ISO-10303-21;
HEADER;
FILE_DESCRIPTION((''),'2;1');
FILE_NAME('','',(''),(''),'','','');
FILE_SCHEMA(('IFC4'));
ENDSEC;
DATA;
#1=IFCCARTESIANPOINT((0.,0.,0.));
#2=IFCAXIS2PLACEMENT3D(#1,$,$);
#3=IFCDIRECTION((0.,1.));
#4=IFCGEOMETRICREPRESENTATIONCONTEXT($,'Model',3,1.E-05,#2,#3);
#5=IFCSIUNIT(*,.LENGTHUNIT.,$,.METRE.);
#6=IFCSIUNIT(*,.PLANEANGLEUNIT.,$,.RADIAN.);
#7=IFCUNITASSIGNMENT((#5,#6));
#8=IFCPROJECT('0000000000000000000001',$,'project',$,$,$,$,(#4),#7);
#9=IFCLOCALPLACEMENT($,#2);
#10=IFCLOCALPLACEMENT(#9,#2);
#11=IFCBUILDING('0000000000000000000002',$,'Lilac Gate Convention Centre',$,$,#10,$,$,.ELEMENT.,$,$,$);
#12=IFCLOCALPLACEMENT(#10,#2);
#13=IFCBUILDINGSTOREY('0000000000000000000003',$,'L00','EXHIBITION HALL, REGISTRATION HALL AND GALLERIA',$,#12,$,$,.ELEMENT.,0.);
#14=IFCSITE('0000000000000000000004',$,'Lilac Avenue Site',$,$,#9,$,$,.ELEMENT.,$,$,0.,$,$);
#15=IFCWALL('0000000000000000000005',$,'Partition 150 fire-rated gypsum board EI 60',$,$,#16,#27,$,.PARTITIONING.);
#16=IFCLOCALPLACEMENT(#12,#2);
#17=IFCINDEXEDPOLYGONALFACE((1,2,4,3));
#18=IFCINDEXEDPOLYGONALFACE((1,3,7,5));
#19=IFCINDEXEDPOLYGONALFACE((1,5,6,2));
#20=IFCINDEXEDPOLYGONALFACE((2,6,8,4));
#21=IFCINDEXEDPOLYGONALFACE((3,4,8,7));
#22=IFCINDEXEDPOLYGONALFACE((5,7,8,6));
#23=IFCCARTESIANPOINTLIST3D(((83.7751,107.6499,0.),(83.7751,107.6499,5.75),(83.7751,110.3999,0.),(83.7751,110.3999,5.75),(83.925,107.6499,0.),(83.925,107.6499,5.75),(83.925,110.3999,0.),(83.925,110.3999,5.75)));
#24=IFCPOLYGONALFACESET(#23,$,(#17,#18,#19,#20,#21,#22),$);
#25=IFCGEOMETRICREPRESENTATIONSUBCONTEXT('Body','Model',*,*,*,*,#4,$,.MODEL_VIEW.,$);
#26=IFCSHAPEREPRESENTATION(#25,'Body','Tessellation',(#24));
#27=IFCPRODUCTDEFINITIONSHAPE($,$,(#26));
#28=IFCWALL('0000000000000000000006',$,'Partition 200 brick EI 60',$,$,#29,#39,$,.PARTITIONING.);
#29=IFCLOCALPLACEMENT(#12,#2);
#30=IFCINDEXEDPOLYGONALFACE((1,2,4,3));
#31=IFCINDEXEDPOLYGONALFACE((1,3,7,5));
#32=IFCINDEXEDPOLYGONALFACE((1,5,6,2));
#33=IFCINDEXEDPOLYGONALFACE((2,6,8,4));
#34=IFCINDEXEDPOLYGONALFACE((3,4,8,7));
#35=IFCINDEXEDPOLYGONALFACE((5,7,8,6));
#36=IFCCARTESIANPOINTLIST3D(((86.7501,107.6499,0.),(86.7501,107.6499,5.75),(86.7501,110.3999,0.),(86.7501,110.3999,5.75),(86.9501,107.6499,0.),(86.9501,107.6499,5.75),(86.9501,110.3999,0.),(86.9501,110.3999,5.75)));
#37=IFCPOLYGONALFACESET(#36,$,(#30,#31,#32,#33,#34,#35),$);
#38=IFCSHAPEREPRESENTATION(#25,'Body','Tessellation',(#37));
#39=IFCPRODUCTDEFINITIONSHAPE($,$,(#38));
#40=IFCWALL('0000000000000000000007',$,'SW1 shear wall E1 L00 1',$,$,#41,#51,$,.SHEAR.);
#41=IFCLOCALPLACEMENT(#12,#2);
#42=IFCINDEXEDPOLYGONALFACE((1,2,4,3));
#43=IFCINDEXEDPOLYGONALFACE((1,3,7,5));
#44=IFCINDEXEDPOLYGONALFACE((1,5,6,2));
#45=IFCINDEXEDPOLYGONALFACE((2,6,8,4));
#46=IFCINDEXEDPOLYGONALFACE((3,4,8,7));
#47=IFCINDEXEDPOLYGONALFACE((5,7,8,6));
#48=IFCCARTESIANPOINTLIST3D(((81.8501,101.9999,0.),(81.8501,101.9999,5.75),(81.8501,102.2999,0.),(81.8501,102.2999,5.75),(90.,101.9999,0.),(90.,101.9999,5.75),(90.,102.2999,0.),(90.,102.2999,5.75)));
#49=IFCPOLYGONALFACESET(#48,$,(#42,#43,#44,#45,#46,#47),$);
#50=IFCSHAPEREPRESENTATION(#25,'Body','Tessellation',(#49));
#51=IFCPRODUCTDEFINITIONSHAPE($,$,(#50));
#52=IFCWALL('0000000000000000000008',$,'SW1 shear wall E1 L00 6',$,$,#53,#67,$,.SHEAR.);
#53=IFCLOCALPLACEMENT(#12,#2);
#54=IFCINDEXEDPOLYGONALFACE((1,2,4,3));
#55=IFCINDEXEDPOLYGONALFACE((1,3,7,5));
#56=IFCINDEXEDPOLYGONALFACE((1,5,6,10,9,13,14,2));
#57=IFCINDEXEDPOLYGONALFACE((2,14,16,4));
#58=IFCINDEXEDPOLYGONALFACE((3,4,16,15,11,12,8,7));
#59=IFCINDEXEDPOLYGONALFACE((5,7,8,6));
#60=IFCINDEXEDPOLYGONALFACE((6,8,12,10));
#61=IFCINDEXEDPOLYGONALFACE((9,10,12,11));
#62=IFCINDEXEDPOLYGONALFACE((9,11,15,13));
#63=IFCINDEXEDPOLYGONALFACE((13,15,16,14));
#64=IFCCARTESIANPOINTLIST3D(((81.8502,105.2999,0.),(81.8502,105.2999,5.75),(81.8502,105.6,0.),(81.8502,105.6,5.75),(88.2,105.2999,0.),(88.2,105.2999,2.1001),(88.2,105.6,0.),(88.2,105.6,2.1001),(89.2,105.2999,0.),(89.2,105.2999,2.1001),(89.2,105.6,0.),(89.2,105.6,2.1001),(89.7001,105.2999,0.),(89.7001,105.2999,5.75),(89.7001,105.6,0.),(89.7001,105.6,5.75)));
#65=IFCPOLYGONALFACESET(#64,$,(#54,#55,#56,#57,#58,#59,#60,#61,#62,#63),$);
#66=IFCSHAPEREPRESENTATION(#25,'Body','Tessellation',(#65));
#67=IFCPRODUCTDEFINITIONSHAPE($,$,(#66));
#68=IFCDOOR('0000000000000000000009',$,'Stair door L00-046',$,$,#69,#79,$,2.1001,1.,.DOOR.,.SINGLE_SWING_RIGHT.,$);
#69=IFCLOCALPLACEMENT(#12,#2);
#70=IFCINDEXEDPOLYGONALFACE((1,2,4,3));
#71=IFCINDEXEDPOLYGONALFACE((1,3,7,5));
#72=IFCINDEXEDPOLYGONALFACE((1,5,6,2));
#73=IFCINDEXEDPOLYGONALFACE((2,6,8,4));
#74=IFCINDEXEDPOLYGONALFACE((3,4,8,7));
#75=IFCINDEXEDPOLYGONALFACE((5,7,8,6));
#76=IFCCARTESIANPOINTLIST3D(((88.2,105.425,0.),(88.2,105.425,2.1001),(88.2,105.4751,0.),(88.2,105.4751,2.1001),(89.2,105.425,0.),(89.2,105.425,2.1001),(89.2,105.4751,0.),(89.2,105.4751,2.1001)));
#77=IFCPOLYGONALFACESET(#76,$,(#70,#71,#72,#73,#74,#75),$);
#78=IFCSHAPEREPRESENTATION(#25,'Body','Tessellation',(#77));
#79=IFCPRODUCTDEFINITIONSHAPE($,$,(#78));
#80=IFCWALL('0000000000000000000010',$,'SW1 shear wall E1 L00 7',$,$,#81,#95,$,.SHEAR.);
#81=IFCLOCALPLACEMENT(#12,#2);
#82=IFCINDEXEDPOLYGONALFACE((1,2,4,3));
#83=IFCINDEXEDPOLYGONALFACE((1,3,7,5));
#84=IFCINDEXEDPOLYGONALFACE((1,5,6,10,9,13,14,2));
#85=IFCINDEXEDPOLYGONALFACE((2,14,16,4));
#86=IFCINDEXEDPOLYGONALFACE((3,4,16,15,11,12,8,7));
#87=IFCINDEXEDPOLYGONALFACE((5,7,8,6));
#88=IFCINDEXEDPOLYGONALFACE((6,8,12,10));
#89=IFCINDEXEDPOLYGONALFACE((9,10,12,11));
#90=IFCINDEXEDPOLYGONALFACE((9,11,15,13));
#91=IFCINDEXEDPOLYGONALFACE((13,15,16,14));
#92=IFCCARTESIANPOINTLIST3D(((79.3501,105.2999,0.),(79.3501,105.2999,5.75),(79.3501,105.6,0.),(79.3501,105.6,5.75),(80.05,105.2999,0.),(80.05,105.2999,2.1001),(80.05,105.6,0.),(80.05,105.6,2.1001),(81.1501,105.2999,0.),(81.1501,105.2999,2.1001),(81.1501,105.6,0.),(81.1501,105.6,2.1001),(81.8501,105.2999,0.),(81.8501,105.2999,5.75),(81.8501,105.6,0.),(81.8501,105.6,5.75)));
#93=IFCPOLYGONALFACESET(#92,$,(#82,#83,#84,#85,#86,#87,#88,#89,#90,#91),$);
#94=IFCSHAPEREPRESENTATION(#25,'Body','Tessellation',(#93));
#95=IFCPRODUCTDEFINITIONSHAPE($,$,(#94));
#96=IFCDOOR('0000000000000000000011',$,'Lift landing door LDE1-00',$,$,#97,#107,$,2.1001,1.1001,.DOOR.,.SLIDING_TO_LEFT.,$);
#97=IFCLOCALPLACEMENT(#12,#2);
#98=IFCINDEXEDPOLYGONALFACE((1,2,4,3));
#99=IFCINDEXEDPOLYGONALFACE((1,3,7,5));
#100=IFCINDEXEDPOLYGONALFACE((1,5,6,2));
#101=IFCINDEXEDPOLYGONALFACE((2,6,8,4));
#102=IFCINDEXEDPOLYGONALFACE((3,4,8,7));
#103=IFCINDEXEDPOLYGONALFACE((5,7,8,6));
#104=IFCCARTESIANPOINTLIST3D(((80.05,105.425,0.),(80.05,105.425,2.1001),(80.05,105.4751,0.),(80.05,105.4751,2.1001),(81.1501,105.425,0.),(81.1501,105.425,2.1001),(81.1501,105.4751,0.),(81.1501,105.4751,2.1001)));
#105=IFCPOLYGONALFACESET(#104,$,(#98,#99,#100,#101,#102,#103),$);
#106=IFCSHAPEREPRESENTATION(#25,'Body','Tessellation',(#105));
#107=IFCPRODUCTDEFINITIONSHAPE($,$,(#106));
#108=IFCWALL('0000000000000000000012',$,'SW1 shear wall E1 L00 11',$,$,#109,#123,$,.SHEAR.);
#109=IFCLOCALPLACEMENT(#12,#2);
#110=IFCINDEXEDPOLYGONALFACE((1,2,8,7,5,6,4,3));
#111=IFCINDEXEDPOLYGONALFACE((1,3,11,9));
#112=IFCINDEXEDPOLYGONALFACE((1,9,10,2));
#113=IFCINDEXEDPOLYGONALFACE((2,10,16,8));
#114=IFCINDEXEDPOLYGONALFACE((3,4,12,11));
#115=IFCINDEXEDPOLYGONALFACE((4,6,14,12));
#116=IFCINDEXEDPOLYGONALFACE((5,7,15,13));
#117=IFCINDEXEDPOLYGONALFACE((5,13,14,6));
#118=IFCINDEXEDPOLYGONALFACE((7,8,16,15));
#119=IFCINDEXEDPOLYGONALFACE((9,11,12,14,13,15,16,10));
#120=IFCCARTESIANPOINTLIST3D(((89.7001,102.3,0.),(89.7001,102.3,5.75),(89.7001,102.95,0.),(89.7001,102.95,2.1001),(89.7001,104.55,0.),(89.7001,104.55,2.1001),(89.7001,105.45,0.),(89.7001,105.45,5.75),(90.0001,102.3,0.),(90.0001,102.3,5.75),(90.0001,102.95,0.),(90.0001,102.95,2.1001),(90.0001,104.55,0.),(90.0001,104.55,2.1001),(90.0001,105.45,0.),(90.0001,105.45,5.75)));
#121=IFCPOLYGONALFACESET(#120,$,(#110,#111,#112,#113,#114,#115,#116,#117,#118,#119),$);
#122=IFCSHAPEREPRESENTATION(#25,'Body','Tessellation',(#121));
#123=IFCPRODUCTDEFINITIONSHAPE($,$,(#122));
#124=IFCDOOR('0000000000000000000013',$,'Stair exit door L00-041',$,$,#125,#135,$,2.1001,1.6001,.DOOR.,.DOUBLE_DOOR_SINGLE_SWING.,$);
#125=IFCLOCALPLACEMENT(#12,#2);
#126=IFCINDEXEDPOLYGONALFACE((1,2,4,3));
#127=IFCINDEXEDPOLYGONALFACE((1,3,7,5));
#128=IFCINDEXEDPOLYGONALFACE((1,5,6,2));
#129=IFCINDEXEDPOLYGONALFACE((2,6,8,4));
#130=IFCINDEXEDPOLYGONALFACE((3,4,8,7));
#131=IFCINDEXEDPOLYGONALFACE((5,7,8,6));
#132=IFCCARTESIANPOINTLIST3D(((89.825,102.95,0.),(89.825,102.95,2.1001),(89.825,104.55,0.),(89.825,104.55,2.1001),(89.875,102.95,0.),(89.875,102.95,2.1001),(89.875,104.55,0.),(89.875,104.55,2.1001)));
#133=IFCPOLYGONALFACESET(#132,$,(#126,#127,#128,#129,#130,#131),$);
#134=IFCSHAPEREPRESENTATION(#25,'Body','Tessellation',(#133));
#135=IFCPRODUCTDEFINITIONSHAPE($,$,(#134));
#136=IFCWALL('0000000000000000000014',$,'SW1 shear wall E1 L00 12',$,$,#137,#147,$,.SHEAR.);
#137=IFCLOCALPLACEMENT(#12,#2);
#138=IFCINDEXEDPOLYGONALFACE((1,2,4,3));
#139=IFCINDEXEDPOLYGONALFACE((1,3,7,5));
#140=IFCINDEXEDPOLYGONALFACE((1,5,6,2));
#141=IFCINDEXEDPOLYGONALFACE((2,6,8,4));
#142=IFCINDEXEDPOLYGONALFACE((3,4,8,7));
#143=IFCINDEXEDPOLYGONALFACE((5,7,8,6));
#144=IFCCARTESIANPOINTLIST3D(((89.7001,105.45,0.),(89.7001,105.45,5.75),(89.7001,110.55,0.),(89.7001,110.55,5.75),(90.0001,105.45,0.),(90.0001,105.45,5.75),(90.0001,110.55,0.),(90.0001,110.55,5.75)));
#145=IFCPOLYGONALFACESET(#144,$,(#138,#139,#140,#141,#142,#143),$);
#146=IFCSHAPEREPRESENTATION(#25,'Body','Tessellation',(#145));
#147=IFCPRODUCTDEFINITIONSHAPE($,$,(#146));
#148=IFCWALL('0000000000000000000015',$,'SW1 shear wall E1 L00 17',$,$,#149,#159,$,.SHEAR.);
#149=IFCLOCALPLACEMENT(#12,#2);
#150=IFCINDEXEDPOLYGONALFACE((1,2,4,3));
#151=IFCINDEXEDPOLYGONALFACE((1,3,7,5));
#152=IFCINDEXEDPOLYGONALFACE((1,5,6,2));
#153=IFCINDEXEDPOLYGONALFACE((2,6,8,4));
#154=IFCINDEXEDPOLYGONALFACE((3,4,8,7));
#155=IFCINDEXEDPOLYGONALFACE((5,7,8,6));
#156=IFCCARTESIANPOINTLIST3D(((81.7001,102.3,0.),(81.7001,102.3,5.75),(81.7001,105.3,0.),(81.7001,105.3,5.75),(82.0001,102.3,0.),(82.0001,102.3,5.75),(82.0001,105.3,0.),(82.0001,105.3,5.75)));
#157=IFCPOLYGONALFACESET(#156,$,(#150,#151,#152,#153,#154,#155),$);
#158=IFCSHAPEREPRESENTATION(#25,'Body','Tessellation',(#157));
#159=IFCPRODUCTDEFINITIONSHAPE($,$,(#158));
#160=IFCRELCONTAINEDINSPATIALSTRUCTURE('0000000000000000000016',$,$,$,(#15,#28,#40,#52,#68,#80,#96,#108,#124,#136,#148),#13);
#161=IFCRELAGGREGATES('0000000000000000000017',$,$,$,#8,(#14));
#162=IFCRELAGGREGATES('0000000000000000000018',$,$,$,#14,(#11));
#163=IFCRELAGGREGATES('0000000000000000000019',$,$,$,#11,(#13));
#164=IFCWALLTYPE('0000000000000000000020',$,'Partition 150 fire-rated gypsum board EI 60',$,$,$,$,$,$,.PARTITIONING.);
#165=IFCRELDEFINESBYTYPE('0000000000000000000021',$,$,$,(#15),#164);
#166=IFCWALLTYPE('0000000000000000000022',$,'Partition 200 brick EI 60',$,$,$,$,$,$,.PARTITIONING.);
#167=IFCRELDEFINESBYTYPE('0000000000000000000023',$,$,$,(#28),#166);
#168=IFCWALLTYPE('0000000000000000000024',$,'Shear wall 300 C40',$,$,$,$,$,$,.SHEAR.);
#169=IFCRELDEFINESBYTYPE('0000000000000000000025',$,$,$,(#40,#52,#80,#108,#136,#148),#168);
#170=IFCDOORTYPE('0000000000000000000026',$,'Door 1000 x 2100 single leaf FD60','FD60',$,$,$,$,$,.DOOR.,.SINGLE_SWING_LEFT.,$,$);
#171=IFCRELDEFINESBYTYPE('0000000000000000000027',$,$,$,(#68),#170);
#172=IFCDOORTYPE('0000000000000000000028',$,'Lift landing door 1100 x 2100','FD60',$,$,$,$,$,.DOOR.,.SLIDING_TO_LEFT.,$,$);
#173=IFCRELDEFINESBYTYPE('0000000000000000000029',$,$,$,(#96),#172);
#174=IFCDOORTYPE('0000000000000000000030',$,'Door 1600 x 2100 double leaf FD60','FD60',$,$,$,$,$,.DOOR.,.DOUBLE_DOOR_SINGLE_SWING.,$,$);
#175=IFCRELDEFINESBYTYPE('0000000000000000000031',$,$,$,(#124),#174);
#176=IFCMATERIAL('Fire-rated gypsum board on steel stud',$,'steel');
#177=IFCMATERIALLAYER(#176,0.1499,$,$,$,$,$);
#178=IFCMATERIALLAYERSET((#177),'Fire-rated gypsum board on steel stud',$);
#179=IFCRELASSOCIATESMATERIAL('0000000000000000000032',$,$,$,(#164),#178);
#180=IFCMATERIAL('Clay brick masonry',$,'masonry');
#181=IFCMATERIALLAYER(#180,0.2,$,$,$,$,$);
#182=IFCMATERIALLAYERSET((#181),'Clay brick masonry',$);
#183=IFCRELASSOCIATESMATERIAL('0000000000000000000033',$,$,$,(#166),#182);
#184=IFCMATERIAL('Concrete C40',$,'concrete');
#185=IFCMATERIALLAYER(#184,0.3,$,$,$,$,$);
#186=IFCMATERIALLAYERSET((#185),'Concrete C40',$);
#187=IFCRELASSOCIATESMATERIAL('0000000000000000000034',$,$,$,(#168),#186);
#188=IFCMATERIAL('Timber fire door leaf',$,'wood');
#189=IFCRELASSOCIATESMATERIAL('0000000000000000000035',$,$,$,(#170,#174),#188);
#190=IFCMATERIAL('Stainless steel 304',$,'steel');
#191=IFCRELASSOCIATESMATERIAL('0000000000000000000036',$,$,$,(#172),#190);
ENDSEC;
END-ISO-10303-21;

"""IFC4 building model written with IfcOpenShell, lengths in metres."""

from ifc_helpers import new_model, si_unit, direction, frame, frame_2d, origin, place, context, subcontext, project, spatial, rectangle, extrude, material, layer, layer_set, type_object, element, fill, save


model = new_model("IFC4")

# Units and contexts
model_context = context("Model", 3, precision=1e-05, world=origin(), true_north=direction((0.0, 1.0)))
body_context = subcontext(model_context, "Body", "Model", "MODEL_VIEW")
ifc_project = project(units=[si_unit("LENGTHUNIT", "METRE"), si_unit("PLANEANGLEUNIT", "RADIAN")], contexts=[model_context])

# Site, building, storey
site_placement = place(None, origin())
site = spatial("IfcSite", under=ifc_project, at=site_placement, Name="Lilac Avenue Site", CompositionType="ELEMENT", RefElevation=0.0)
building_placement = place(site_placement, origin())
building = spatial("IfcBuilding", under=site, at=building_placement, Name="Lilac Gate Convention Centre", CompositionType="ELEMENT")
storey_placement = place(building_placement, origin())
storey = spatial("IfcBuildingStorey", under=building, at=storey_placement, Name="L00", Description="EXHIBITION HALL, REGISTRATION HALL AND GALLERIA", CompositionType="ELEMENT", Elevation=0.0)

# Walls
ifc_material_1 = material(Name="Fire-rated gypsum board on steel stud", Category="steel")
ifc_layer_1 = layer(ifc_material_1, 0.1499)
ifc_layer_set_1 = layer_set([ifc_layer_1], Name="Fire-rated gypsum board on steel stud")
wall_type_1 = type_object("IfcWallType", Name="Partition 150 fire-rated gypsum board EI 60", PredefinedType="PARTITIONING", material=ifc_layer_set_1)
wall_1_placement = place(storey_placement, frame((83.8501, 107.6499, 0.0), z_axis=(0.0, 0.0, 1.0), x_axis=(0.0, 1.0, 0.0)))
element("IfcWall", 1, at=wall_1_placement, inside=storey, type_object=wall_type_1, Name="Partition 150 fire-rated gypsum board EI 60", PredefinedType="PARTITIONING", context=body_context, shape_type="SweptSolid", body=[
    extrude(rectangle(XDim=2.75, YDim=0.1499, at=frame_2d((1.375, 0.0))), origin(), (0.0, 0.0, 1.0), 5.75),
])
ifc_material_2 = material(Name="Clay brick masonry", Category="masonry")
ifc_layer_2 = layer(ifc_material_2, 0.2)
ifc_layer_set_2 = layer_set([ifc_layer_2], Name="Clay brick masonry")
wall_type_2 = type_object("IfcWallType", Name="Partition 200 brick EI 60", PredefinedType="PARTITIONING", material=ifc_layer_set_2)
wall_2_placement = place(storey_placement, frame((86.8501, 107.6499, 0.0), z_axis=(0.0, 0.0, 1.0), x_axis=(0.0, 1.0, 0.0)))
element("IfcWall", 2, at=wall_2_placement, inside=storey, type_object=wall_type_2, Name="Partition 200 brick EI 60", PredefinedType="PARTITIONING", context=body_context, shape_type="SweptSolid", body=[
    extrude(rectangle(XDim=2.75, YDim=0.2, at=frame_2d((1.375, 0.0))), origin(), (0.0, 0.0, 1.0), 5.75),
])
ifc_material_3 = material(Name="Concrete C40", Category="concrete")
ifc_layer_3 = layer(ifc_material_3, 0.3)
ifc_layer_set_3 = layer_set([ifc_layer_3], Name="Concrete C40")
wall_type_3 = type_object("IfcWallType", Name="Shear wall 300 C40", PredefinedType="SHEAR", material=ifc_layer_set_3)
wall_3_placement = place(storey_placement, frame((90.0, 102.1499, 0.0), z_axis=(0.0, 0.0, 1.0), x_axis=(-1.0, 0.0, 0.0)))
element("IfcWall", 3, at=wall_3_placement, inside=storey, type_object=wall_type_3, Name="SW1 shear wall E1 L00 1", PredefinedType="SHEAR", context=body_context, shape_type="SweptSolid", body=[
    extrude(rectangle(XDim=8.1499, YDim=0.3, at=frame_2d((4.075, 0.0))), origin(), (0.0, 0.0, 1.0), 5.75),
])

# Walls, openings, doors
wall_4_placement = place(storey_placement, frame((89.7, 105.45, 0.0), z_axis=(0.0, 0.0, 1.0), x_axis=(-1.0, 0.0, 0.0)))
wall_4 = element("IfcWall", 4, at=wall_4_placement, inside=storey, type_object=wall_type_3, Name="SW1 shear wall E1 L00 6", PredefinedType="SHEAR", context=body_context, shape_type="SweptSolid", body=[
    extrude(rectangle(XDim=7.8499, YDim=0.3, at=frame_2d((3.9248, 0.0))), origin(), (0.0, 0.0, 1.0), 5.75),
])
opening_1_placement = place(wall_4_placement, frame((0.5, 0.0, 0.0)))
opening_1 = element("IfcOpeningElement", 5, at=opening_1_placement, cuts=wall_4, PredefinedType="OPENING", context=body_context, shape_type="SweptSolid", body=[
    extrude(rectangle(XDim=1.0, YDim=2.1001, at=frame_2d((0.5, 1.05))), frame((0.0, 0.1599, 0.0), z_axis=(0.0, -1.0, 0.0), x_axis=(1.0, 0.0, 0.0)), (0.0, 0.0, 1.0), 0.3201),
])
ifc_material_4 = material(Name="Timber fire door leaf", Category="wood")
door_type_1 = type_object("IfcDoorType", Name="Door 1000 x 2100 single leaf FD60", Description="FD60", OperationType="SINGLE_SWING_LEFT", PredefinedType="DOOR", material=ifc_material_4)
door_1_placement = place(opening_1_placement, origin())
door_1 = element("IfcDoor", 6, at=door_1_placement, inside=storey, type_object=door_type_1, Name="Stair door L00-046", OperationType="SINGLE_SWING_RIGHT", OverallHeight=2.1001, OverallWidth=1.0, PredefinedType="DOOR", context=body_context, shape_type="SweptSolid", body=[
    extrude(rectangle(XDim=1.0, YDim=2.1001, at=frame_2d((0.5, 1.05))), frame((0.0, 0.0249, 0.0), z_axis=(0.0, -1.0, 0.0), x_axis=(1.0, 0.0, 0.0)), (0.0, 0.0, 1.0), 0.05),
])
fill(opening_1, door_1)
wall_5_placement = place(storey_placement, frame((81.8501, 105.45, 0.0), z_axis=(0.0, 0.0, 1.0), x_axis=(-1.0, 0.0, 0.0)))
wall_5 = element("IfcWall", 7, at=wall_5_placement, inside=storey, type_object=wall_type_3, Name="SW1 shear wall E1 L00 7", PredefinedType="SHEAR", context=body_context, shape_type="SweptSolid", body=[
    extrude(rectangle(XDim=2.5, YDim=0.3, at=frame_2d((1.25, 0.0))), origin(), (0.0, 0.0, 1.0), 5.75),
])
opening_2_placement = place(wall_5_placement, frame((0.7, 0.0, 0.0)))
opening_2 = element("IfcOpeningElement", 8, at=opening_2_placement, cuts=wall_5, PredefinedType="OPENING", context=body_context, shape_type="SweptSolid", body=[
    extrude(rectangle(XDim=1.1001, YDim=2.1001, at=frame_2d((0.55, 1.05))), frame((0.0, 0.1599, 0.0), z_axis=(0.0, -1.0, 0.0), x_axis=(1.0, 0.0, 0.0)), (0.0, 0.0, 1.0), 0.3201),
])
ifc_material_5 = material(Name="Stainless steel 304", Category="steel")
door_type_2 = type_object("IfcDoorType", Name="Lift landing door 1100 x 2100", Description="FD60", OperationType="SLIDING_TO_LEFT", PredefinedType="DOOR", material=ifc_material_5)
door_2_placement = place(opening_2_placement, origin())
door_2 = element("IfcDoor", 9, at=door_2_placement, inside=storey, type_object=door_type_2, Name="Lift landing door LDE1-00", OperationType="SLIDING_TO_LEFT", OverallHeight=2.1001, OverallWidth=1.1001, PredefinedType="DOOR", context=body_context, shape_type="SweptSolid", body=[
    extrude(rectangle(XDim=1.1001, YDim=2.1001, at=frame_2d((0.55, 1.05))), frame((0.0, 0.0249, 0.0), z_axis=(0.0, -1.0, 0.0), x_axis=(1.0, 0.0, 0.0)), (0.0, 0.0, 1.0), 0.05),
])
fill(opening_2, door_2)
wall_6_placement = place(storey_placement, frame((89.8501, 102.3, 0.0), z_axis=(0.0, 0.0, 1.0), x_axis=(0.0, 1.0, 0.0)))
wall_6 = element("IfcWall", 10, at=wall_6_placement, inside=storey, type_object=wall_type_3, Name="SW1 shear wall E1 L00 11", PredefinedType="SHEAR", context=body_context, shape_type="SweptSolid", body=[
    extrude(rectangle(XDim=3.1499, YDim=0.3, at=frame_2d((1.575, 0.0))), origin(), (0.0, 0.0, 1.0), 5.75),
])
opening_3_placement = place(wall_6_placement, frame((0.6499, 0.0, 0.0)))
opening_3 = element("IfcOpeningElement", 11, at=opening_3_placement, cuts=wall_6, PredefinedType="OPENING", context=body_context, shape_type="SweptSolid", body=[
    extrude(rectangle(XDim=1.6001, YDim=2.1001, at=frame_2d((0.8, 1.05))), frame((0.0, 0.1599, 0.0), z_axis=(0.0, -1.0, 0.0), x_axis=(1.0, 0.0, 0.0)), (0.0, 0.0, 1.0), 0.3201),
])
door_type_3 = type_object("IfcDoorType", Name="Door 1600 x 2100 double leaf FD60", Description="FD60", OperationType="DOUBLE_DOOR_SINGLE_SWING", PredefinedType="DOOR", material=ifc_material_4)
door_3_placement = place(opening_3_placement, frame((1.6001, 0.0, 0.0), z_axis=(0.0, 0.0, 1.0), x_axis=(-1.0, 0.0, 0.0)))
door_3 = element("IfcDoor", 12, at=door_3_placement, inside=storey, type_object=door_type_3, Name="Stair exit door L00-041", OperationType="DOUBLE_DOOR_SINGLE_SWING", OverallHeight=2.1001, OverallWidth=1.6001, PredefinedType="DOOR", context=body_context, shape_type="SweptSolid", body=[
    extrude(rectangle(XDim=1.6001, YDim=2.1001, at=frame_2d((0.8, 1.05))), frame((0.0, 0.0249, 0.0), z_axis=(0.0, -1.0, 0.0), x_axis=(1.0, 0.0, 0.0)), (0.0, 0.0, 1.0), 0.05),
])
fill(opening_3, door_3)

# Walls
wall_7_placement = place(storey_placement, frame((89.8501, 105.45, 0.0), z_axis=(0.0, 0.0, 1.0), x_axis=(0.0, 1.0, 0.0)))
element("IfcWall", 13, at=wall_7_placement, inside=storey, type_object=wall_type_3, Name="SW1 shear wall E1 L00 12", PredefinedType="SHEAR", context=body_context, shape_type="SweptSolid", body=[
    extrude(rectangle(XDim=5.1001, YDim=0.3, at=frame_2d((2.55, 0.0))), origin(), (0.0, 0.0, 1.0), 5.75),
])
wall_8_placement = place(storey_placement, frame((81.8501, 102.3, 0.0), z_axis=(0.0, 0.0, 1.0), x_axis=(0.0, 1.0, 0.0)))
element("IfcWall", 14, at=wall_8_placement, inside=storey, type_object=wall_type_3, Name="SW1 shear wall E1 L00 17", PredefinedType="SHEAR", context=body_context, shape_type="SweptSolid", body=[
    extrude(rectangle(XDim=3.0, YDim=0.3, at=frame_2d((1.5, 0.0))), origin(), (0.0, 0.0, 1.0), 5.75),
])

save(model, "model.ifc")
